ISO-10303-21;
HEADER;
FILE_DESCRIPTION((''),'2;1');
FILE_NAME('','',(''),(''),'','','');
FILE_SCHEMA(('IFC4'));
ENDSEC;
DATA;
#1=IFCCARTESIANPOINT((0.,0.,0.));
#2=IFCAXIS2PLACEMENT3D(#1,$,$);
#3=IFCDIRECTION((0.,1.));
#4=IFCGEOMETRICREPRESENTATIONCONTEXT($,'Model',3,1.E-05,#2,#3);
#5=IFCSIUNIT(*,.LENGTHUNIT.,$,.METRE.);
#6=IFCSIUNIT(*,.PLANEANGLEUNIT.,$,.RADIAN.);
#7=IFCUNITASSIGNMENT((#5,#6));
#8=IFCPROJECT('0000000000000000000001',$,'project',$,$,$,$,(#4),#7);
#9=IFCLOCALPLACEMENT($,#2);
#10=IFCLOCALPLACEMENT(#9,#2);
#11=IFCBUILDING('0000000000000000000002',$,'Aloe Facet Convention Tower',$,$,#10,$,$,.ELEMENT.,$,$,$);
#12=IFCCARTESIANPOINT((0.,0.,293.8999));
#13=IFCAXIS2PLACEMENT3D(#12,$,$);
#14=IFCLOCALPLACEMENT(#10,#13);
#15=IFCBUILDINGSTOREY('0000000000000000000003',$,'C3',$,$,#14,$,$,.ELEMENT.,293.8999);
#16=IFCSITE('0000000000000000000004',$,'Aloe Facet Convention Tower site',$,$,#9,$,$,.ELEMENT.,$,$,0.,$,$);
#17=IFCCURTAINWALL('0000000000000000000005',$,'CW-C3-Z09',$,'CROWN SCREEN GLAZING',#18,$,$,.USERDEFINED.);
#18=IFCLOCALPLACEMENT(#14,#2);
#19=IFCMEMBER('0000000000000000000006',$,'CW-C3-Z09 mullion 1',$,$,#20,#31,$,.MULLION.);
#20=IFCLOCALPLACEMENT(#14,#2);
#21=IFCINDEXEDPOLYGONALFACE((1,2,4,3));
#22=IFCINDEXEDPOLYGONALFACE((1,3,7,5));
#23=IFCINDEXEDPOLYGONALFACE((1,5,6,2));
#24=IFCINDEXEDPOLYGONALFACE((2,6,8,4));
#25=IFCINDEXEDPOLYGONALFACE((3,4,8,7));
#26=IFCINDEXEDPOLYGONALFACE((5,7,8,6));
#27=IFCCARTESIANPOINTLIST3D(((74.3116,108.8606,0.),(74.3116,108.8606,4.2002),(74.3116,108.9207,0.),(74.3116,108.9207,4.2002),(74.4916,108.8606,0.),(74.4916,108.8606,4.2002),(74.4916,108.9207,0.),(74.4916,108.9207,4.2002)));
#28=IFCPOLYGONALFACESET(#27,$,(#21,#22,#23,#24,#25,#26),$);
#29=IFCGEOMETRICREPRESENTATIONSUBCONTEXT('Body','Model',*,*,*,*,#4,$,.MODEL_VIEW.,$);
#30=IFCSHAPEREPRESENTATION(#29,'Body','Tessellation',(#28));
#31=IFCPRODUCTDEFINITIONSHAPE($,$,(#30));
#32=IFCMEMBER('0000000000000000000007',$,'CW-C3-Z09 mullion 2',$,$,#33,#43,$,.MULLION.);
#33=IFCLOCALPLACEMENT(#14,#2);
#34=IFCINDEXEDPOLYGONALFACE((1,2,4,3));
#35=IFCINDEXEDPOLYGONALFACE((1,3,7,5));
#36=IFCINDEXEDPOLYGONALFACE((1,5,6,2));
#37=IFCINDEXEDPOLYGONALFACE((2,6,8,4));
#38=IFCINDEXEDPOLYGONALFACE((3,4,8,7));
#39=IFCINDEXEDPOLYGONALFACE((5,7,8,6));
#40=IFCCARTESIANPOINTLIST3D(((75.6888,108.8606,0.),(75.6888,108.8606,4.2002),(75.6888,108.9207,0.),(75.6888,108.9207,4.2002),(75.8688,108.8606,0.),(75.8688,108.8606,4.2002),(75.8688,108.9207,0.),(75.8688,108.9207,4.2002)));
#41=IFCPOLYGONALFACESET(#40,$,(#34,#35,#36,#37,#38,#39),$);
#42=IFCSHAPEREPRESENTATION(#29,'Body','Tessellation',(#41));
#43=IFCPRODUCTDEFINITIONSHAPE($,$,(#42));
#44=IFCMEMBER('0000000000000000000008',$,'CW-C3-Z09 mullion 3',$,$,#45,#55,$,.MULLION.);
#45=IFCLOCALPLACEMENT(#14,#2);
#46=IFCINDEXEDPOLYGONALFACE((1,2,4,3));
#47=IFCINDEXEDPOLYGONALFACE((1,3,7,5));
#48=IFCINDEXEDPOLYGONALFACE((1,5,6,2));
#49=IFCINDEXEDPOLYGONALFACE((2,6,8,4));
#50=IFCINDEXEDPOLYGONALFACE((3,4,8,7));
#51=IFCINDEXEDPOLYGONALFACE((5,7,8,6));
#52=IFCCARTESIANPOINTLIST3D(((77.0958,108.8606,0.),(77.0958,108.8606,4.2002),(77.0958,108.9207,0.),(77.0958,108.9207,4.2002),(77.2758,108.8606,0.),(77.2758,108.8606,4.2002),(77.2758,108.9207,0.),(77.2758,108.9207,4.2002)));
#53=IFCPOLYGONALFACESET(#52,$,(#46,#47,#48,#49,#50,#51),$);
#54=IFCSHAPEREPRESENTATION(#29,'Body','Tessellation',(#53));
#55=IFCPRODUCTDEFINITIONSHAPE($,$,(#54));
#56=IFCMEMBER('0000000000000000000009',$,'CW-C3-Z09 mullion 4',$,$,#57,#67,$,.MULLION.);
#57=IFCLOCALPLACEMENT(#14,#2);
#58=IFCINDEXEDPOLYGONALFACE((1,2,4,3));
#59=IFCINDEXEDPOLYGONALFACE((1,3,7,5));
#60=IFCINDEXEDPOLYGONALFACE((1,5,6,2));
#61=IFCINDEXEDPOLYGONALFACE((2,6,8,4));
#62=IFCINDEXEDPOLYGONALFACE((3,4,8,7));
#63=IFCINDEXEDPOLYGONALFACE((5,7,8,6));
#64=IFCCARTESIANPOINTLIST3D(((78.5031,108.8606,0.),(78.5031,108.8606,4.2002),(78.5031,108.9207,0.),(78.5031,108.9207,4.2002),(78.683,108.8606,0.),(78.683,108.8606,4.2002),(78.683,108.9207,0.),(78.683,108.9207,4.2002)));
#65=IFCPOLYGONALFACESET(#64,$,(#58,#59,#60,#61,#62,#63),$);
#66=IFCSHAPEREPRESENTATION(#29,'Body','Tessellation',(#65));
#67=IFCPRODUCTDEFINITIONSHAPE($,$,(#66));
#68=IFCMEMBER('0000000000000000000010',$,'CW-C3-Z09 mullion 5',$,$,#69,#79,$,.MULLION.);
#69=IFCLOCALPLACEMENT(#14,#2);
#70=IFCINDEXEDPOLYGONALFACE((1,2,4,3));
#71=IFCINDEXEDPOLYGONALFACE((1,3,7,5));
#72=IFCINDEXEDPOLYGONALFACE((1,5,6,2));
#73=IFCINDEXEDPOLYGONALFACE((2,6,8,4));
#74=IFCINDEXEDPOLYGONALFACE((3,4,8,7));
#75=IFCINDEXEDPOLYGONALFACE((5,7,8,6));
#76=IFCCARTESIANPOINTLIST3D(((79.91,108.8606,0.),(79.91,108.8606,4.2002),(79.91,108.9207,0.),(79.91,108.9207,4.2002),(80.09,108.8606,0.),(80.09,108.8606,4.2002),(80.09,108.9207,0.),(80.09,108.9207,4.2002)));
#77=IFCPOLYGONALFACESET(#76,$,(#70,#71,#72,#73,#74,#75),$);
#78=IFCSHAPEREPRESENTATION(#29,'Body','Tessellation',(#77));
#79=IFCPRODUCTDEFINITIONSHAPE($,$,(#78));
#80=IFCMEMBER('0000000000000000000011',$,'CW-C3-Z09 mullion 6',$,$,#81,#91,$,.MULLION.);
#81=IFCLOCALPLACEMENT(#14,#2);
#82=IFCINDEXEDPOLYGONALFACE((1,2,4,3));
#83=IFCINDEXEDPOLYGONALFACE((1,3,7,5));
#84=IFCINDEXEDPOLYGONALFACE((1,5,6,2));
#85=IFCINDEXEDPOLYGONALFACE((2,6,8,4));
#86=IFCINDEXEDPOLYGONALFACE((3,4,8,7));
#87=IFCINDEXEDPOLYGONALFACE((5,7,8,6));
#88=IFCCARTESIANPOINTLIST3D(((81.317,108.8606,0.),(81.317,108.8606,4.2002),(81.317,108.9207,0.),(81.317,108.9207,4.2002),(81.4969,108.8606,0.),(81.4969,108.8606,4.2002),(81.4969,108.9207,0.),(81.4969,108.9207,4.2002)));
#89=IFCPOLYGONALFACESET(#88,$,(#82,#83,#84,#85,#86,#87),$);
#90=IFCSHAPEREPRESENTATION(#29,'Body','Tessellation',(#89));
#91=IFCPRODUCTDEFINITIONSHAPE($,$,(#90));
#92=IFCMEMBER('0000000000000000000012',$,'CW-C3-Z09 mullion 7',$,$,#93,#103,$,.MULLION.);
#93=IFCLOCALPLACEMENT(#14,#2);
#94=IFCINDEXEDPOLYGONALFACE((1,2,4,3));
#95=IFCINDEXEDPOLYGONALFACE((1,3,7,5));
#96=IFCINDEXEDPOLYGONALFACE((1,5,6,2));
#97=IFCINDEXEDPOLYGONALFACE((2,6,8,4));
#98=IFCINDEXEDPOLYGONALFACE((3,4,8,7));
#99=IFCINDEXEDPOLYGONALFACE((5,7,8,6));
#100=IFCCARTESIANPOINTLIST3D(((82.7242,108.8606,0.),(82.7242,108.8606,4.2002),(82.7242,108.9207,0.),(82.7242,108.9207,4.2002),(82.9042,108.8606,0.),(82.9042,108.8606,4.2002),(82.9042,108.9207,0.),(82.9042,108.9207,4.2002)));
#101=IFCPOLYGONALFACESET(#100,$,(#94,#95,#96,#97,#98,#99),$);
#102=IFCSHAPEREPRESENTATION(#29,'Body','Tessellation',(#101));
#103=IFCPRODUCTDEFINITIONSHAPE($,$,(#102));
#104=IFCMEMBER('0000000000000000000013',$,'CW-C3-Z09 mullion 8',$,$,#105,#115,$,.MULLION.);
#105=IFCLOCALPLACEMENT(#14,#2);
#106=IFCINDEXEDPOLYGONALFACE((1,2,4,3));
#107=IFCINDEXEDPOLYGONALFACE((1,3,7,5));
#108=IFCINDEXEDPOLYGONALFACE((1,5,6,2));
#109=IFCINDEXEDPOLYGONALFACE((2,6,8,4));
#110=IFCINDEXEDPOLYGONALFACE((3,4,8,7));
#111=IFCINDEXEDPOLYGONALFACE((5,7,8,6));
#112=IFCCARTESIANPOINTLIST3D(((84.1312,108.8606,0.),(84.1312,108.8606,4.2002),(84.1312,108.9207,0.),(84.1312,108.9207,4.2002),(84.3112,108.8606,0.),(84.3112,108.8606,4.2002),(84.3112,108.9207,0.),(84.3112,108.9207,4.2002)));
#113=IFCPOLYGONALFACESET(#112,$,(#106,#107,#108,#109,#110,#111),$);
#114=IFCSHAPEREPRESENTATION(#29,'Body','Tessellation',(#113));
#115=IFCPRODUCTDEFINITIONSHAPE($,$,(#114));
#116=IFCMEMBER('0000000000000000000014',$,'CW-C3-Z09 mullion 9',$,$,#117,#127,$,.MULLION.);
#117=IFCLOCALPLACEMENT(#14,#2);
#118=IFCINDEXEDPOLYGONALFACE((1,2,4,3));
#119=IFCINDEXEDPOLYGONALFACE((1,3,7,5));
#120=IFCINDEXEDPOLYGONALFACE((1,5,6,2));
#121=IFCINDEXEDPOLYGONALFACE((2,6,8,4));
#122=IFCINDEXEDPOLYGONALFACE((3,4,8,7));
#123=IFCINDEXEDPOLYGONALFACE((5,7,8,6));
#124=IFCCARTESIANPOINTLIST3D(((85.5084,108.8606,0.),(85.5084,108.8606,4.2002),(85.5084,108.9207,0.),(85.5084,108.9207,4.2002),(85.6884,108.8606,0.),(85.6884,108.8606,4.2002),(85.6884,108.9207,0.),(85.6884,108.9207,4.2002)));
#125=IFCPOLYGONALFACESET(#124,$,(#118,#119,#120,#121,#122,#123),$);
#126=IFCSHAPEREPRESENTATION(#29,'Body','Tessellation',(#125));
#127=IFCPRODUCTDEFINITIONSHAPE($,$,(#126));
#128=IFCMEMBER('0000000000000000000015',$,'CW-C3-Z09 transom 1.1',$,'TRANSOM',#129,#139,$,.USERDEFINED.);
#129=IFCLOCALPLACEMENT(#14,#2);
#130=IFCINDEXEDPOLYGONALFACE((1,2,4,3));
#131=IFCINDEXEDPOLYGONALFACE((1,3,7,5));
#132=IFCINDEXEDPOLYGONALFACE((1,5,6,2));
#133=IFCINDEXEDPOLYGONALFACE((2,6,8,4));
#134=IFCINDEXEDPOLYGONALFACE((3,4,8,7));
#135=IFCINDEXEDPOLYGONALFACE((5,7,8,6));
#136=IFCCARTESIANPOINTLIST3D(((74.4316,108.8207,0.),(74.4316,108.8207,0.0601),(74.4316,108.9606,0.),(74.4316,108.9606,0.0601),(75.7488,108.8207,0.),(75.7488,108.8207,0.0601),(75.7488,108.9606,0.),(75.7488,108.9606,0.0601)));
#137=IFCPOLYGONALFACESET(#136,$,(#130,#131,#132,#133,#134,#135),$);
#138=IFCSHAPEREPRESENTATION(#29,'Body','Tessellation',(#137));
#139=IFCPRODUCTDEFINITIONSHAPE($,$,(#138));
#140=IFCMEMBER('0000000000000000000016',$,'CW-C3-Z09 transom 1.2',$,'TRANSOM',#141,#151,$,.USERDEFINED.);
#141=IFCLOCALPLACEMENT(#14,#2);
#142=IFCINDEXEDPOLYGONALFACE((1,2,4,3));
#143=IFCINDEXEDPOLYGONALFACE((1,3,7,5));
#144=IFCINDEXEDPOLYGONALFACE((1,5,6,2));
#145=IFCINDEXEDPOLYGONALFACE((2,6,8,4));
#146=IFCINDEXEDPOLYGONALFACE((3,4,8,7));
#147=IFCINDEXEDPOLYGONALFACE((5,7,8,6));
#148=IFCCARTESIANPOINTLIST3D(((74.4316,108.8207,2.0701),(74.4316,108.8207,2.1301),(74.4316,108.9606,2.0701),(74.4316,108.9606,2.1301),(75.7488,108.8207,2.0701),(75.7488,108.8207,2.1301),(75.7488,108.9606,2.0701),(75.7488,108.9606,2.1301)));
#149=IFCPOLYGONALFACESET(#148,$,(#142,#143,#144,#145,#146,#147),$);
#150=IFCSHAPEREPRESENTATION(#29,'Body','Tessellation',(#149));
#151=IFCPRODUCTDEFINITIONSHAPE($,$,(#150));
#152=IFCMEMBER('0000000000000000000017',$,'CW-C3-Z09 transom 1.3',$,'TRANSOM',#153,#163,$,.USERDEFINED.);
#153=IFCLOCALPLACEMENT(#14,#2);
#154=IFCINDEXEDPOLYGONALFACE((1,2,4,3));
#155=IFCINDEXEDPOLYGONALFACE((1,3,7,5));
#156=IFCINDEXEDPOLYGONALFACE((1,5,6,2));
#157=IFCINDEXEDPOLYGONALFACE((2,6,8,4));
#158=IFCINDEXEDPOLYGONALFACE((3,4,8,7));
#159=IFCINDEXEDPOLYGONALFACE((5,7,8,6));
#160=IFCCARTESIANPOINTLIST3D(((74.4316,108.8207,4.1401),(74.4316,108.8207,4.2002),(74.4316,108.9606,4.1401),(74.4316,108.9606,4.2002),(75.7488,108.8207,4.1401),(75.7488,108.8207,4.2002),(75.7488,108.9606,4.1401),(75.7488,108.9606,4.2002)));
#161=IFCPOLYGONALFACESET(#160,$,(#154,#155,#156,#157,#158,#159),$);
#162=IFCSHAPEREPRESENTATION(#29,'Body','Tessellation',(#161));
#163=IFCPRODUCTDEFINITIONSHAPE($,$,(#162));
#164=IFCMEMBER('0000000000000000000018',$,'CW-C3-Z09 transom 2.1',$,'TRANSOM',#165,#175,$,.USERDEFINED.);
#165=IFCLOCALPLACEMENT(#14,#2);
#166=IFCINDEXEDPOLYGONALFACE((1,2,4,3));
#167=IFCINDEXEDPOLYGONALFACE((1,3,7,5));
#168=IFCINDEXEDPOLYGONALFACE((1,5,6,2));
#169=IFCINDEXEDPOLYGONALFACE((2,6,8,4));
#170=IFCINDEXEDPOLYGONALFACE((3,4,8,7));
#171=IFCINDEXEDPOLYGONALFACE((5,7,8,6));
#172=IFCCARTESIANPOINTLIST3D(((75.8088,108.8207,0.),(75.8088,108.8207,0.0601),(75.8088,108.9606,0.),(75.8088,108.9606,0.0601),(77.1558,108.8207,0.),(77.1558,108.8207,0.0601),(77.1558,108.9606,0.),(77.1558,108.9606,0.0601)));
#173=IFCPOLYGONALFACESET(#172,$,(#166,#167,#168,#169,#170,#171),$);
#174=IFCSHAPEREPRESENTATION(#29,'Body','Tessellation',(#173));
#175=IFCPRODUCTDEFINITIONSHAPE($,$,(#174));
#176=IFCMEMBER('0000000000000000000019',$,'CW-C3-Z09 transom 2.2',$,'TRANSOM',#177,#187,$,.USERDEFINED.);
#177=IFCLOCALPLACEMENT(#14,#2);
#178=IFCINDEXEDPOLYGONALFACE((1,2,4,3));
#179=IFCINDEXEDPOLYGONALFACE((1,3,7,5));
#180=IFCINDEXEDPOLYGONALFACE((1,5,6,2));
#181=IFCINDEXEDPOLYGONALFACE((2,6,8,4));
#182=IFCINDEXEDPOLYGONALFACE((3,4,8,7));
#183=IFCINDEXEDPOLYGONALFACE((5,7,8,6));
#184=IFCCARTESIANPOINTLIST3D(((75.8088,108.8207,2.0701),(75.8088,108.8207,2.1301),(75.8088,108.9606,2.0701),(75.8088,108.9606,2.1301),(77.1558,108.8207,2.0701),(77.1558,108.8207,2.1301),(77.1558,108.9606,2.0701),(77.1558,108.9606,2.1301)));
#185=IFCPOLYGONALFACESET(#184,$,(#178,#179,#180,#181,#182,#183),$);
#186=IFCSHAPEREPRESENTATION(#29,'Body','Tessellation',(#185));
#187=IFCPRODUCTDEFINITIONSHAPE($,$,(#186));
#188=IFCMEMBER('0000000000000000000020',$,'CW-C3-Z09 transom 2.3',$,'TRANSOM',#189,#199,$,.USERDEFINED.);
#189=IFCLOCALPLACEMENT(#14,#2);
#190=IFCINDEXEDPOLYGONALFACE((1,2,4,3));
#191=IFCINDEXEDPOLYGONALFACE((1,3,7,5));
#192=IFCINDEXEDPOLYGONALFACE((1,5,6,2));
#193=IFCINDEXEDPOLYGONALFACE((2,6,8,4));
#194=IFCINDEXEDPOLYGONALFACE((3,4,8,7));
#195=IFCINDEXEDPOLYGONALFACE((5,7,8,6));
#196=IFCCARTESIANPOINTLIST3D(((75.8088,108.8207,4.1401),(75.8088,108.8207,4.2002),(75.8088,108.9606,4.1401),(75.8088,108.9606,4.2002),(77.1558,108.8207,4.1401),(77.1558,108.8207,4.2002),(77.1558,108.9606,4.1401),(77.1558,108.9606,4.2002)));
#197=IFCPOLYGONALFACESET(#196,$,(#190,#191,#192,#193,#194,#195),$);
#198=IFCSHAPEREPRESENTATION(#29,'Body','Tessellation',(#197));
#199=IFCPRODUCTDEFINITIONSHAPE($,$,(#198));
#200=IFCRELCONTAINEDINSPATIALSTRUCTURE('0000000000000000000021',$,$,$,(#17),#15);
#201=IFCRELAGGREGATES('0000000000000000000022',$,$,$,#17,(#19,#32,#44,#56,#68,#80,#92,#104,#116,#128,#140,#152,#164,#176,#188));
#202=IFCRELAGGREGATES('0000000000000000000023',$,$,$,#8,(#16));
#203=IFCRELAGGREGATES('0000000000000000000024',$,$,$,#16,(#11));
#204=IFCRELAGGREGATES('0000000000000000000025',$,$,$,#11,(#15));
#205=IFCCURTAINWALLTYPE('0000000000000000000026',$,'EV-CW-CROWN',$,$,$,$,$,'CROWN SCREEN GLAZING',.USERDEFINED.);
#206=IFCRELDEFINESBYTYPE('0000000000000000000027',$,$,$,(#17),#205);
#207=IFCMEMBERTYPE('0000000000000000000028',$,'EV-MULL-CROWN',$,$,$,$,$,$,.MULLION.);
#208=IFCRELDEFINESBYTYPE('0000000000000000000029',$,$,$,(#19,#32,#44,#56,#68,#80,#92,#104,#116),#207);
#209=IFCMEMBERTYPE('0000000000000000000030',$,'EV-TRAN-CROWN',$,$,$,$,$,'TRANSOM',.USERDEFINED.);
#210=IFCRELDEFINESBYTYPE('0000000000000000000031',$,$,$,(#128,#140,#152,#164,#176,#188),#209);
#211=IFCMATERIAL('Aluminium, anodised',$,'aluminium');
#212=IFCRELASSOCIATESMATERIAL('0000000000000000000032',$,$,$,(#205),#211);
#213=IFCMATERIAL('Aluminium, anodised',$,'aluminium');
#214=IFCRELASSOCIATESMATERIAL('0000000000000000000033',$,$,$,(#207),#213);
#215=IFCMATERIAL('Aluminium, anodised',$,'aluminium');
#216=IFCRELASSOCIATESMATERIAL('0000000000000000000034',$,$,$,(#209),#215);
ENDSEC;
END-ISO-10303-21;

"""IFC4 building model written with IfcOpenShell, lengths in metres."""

from ifc_helpers import new_model, si_unit, direction, frame, origin, origin_2d, place, context, subcontext, project, spatial, rectangle, extrude, material, material_profile, profile_set, type_object, element, aggregate, save


model = new_model("IFC4")

# Units and contexts
model_context = context("Model", 3, precision=1e-05, world=origin(), true_north=direction((0.0, 1.0)))
body_context = subcontext(model_context, "Body", "Model", "MODEL_VIEW")
ifc_project = project(units=[si_unit("LENGTHUNIT", "METRE"), si_unit("PLANEANGLEUNIT", "RADIAN")], contexts=[model_context])

# Site, building, storey
site_placement = place(None, origin())
site = spatial("IfcSite", under=ifc_project, at=site_placement, Name="Aloe Facet Convention Tower site", CompositionType="ELEMENT", RefElevation=0.0)
building_placement = place(site_placement, origin())
building = spatial("IfcBuilding", under=site, at=building_placement, Name="Aloe Facet Convention Tower", CompositionType="ELEMENT")
storey_placement = place(building_placement, frame((0.0, 0.0, 293.8999)))
storey = spatial("IfcBuildingStorey", under=building, at=storey_placement, Name="C3", CompositionType="ELEMENT", Elevation=293.8999)

# Curtain wall, members
ifc_material_1 = material(Name="Aluminium, anodised", Category="aluminium")
curtain_wall_type = type_object("IfcCurtainWallType", Name="EV-CW-CROWN", ElementType="CROWN SCREEN GLAZING", PredefinedType="USERDEFINED", material=ifc_material_1)
curtain_wall_placement = place(storey_placement, origin())
curtain_wall = element("IfcCurtainWall", 1, at=curtain_wall_placement, inside=storey, type_object=curtain_wall_type, Name="CW-C3-Z09", ObjectType="CROWN SCREEN GLAZING", PredefinedType="USERDEFINED")
ifc_material_2 = material(Name="Aluminium, anodised", Category="aluminium")
ifc_material_profile_1 = material_profile(ifc_material_2, rectangle(XDim=0.0601, YDim=0.1799, at=origin_2d()), Name="AL 60x180")
ifc_profile_set_1 = profile_set([ifc_material_profile_1], Name="Aluminium, anodised")
member_type_1 = type_object("IfcMemberType", Name="EV-MULL-CROWN", PredefinedType="MULLION", material=ifc_profile_set_1)
member_1_placement = place(storey_placement, frame((74.4016, 108.8906, 0.0), z_axis=(0.0, 0.0, 1.0), x_axis=(0.0, 1.0, 0.0)))
member_1 = element("IfcMember", 2, at=member_1_placement, type_object=member_type_1, Name="CW-C3-Z09 mullion 1", PredefinedType="MULLION", context=body_context, shape_type="SweptSolid", body=[
    extrude(rectangle(XDim=0.0601, YDim=0.1799, at=origin_2d()), origin(), (0.0, 0.0, 1.0), 4.2002),
])
member_2_placement = place(storey_placement, frame((75.7788, 108.8906, 0.0), z_axis=(0.0, 0.0, 1.0), x_axis=(0.0, 1.0, 0.0)))
member_2 = element("IfcMember", 3, at=member_2_placement, type_object=member_type_1, Name="CW-C3-Z09 mullion 2", PredefinedType="MULLION", context=body_context, shape_type="SweptSolid", body=[
    extrude(rectangle(XDim=0.0601, YDim=0.1799, at=origin_2d()), origin(), (0.0, 0.0, 1.0), 4.2002),
])
member_3_placement = place(storey_placement, frame((77.1858, 108.8906, 0.0), z_axis=(0.0, 0.0, 1.0), x_axis=(0.0, 1.0, 0.0)))
member_3 = element("IfcMember", 4, at=member_3_placement, type_object=member_type_1, Name="CW-C3-Z09 mullion 3", PredefinedType="MULLION", context=body_context, shape_type="SweptSolid", body=[
    extrude(rectangle(XDim=0.0601, YDim=0.1799, at=origin_2d()), origin(), (0.0, 0.0, 1.0), 4.2002),
])
member_4_placement = place(storey_placement, frame((78.593, 108.8906, 0.0), z_axis=(0.0, 0.0, 1.0), x_axis=(0.0, 1.0, 0.0)))
member_4 = element("IfcMember", 5, at=member_4_placement, type_object=member_type_1, Name="CW-C3-Z09 mullion 4", PredefinedType="MULLION", context=body_context, shape_type="SweptSolid", body=[
    extrude(rectangle(XDim=0.0601, YDim=0.1799, at=origin_2d()), origin(), (0.0, 0.0, 1.0), 4.2002),
])
member_5_placement = place(storey_placement, frame((80.0, 108.8906, 0.0), z_axis=(0.0, 0.0, 1.0), x_axis=(0.0, 1.0, 0.0)))
member_5 = element("IfcMember", 6, at=member_5_placement, type_object=member_type_1, Name="CW-C3-Z09 mullion 5", PredefinedType="MULLION", context=body_context, shape_type="SweptSolid", body=[
    extrude(rectangle(XDim=0.0601, YDim=0.1799, at=origin_2d()), origin(), (0.0, 0.0, 1.0), 4.2002),
])
member_6_placement = place(storey_placement, frame((81.407, 108.8906, 0.0), z_axis=(0.0, 0.0, 1.0), x_axis=(0.0, 1.0, 0.0)))
member_6 = element("IfcMember", 7, at=member_6_placement, type_object=member_type_1, Name="CW-C3-Z09 mullion 6", PredefinedType="MULLION", context=body_context, shape_type="SweptSolid", body=[
    extrude(rectangle(XDim=0.0601, YDim=0.1799, at=origin_2d()), origin(), (0.0, 0.0, 1.0), 4.2002),
])
member_7_placement = place(storey_placement, frame((82.8142, 108.8906, 0.0), z_axis=(0.0, 0.0, 1.0), x_axis=(0.0, 1.0, 0.0)))
member_7 = element("IfcMember", 8, at=member_7_placement, type_object=member_type_1, Name="CW-C3-Z09 mullion 7", PredefinedType="MULLION", context=body_context, shape_type="SweptSolid", body=[
    extrude(rectangle(XDim=0.0601, YDim=0.1799, at=origin_2d()), origin(), (0.0, 0.0, 1.0), 4.2002),
])
member_8_placement = place(storey_placement, frame((84.2212, 108.8906, 0.0), z_axis=(0.0, 0.0, 1.0), x_axis=(0.0, 1.0, 0.0)))
member_8 = element("IfcMember", 9, at=member_8_placement, type_object=member_type_1, Name="CW-C3-Z09 mullion 8", PredefinedType="MULLION", context=body_context, shape_type="SweptSolid", body=[
    extrude(rectangle(XDim=0.0601, YDim=0.1799, at=origin_2d()), origin(), (0.0, 0.0, 1.0), 4.2002),
])
member_9_placement = place(storey_placement, frame((85.5984, 108.8906, 0.0), z_axis=(0.0, 0.0, 1.0), x_axis=(0.0, 1.0, 0.0)))
member_9 = element("IfcMember", 10, at=member_9_placement, type_object=member_type_1, Name="CW-C3-Z09 mullion 9", PredefinedType="MULLION", context=body_context, shape_type="SweptSolid", body=[
    extrude(rectangle(XDim=0.0601, YDim=0.1799, at=origin_2d()), origin(), (0.0, 0.0, 1.0), 4.2002),
])
ifc_material_3 = material(Name="Aluminium, anodised", Category="aluminium")
ifc_material_profile_2 = material_profile(ifc_material_3, rectangle(XDim=0.1399, YDim=0.0601, at=origin_2d()), Name="AL 140x60")
ifc_profile_set_2 = profile_set([ifc_material_profile_2], Name="Aluminium, anodised")
member_type_2 = type_object("IfcMemberType", Name="EV-TRAN-CROWN", ElementType="TRANSOM", PredefinedType="USERDEFINED", material=ifc_profile_set_2)
member_10_placement = place(storey_placement, frame((74.4316, 108.8906, 0.03), z_axis=(1.0, 0.0, 0.0), x_axis=(0.0, 1.0, 0.0)))
member_10 = element("IfcMember", 11, at=member_10_placement, type_object=member_type_2, Name="CW-C3-Z09 transom 1.1", ObjectType="TRANSOM", PredefinedType="USERDEFINED", context=body_context, shape_type="SweptSolid", body=[
    extrude(rectangle(XDim=0.1399, YDim=0.0601, at=origin_2d()), origin(), (0.0, 0.0, 1.0), 1.3171),
])
member_11_placement = place(storey_placement, frame((74.4316, 108.8906, 2.1001), z_axis=(1.0, 0.0, 0.0), x_axis=(0.0, 1.0, 0.0)))
member_11 = element("IfcMember", 12, at=member_11_placement, type_object=member_type_2, Name="CW-C3-Z09 transom 1.2", ObjectType="TRANSOM", PredefinedType="USERDEFINED", context=body_context, shape_type="SweptSolid", body=[
    extrude(rectangle(XDim=0.1399, YDim=0.0601, at=origin_2d()), origin(), (0.0, 0.0, 1.0), 1.3171),
])
member_12_placement = place(storey_placement, frame((74.4316, 108.8906, 4.1702), z_axis=(1.0, 0.0, 0.0), x_axis=(0.0, 1.0, 0.0)))
member_12 = element("IfcMember", 13, at=member_12_placement, type_object=member_type_2, Name="CW-C3-Z09 transom 1.3", ObjectType="TRANSOM", PredefinedType="USERDEFINED", context=body_context, shape_type="SweptSolid", body=[
    extrude(rectangle(XDim=0.1399, YDim=0.0601, at=origin_2d()), origin(), (0.0, 0.0, 1.0), 1.3171),
])
member_13_placement = place(storey_placement, frame((75.8088, 108.8906, 0.03), z_axis=(1.0, 0.0, 0.0), x_axis=(0.0, 1.0, 0.0)))
member_13 = element("IfcMember", 14, at=member_13_placement, type_object=member_type_2, Name="CW-C3-Z09 transom 2.1", ObjectType="TRANSOM", PredefinedType="USERDEFINED", context=body_context, shape_type="SweptSolid", body=[
    extrude(rectangle(XDim=0.1399, YDim=0.0601, at=origin_2d()), origin(), (0.0, 0.0, 1.0), 1.3469),
])
member_14_placement = place(storey_placement, frame((75.8088, 108.8906, 2.1001), z_axis=(1.0, 0.0, 0.0), x_axis=(0.0, 1.0, 0.0)))
member_14 = element("IfcMember", 15, at=member_14_placement, type_object=member_type_2, Name="CW-C3-Z09 transom 2.2", ObjectType="TRANSOM", PredefinedType="USERDEFINED", context=body_context, shape_type="SweptSolid", body=[
    extrude(rectangle(XDim=0.1399, YDim=0.0601, at=origin_2d()), origin(), (0.0, 0.0, 1.0), 1.3469),
])
member_15_placement = place(storey_placement, frame((75.8088, 108.8906, 4.1702), z_axis=(1.0, 0.0, 0.0), x_axis=(0.0, 1.0, 0.0)))
member_15 = element("IfcMember", 16, at=member_15_placement, type_object=member_type_2, Name="CW-C3-Z09 transom 2.3", ObjectType="TRANSOM", PredefinedType="USERDEFINED", context=body_context, shape_type="SweptSolid", body=[
    extrude(rectangle(XDim=0.1399, YDim=0.0601, at=origin_2d()), origin(), (0.0, 0.0, 1.0), 1.3469),
])

aggregate(curtain_wall, [member_1, member_2, member_3, member_4, member_5, member_6, member_7, member_8, member_9, member_10, member_11, member_12, member_13, member_14, member_15])

save(model, "model.ifc")
